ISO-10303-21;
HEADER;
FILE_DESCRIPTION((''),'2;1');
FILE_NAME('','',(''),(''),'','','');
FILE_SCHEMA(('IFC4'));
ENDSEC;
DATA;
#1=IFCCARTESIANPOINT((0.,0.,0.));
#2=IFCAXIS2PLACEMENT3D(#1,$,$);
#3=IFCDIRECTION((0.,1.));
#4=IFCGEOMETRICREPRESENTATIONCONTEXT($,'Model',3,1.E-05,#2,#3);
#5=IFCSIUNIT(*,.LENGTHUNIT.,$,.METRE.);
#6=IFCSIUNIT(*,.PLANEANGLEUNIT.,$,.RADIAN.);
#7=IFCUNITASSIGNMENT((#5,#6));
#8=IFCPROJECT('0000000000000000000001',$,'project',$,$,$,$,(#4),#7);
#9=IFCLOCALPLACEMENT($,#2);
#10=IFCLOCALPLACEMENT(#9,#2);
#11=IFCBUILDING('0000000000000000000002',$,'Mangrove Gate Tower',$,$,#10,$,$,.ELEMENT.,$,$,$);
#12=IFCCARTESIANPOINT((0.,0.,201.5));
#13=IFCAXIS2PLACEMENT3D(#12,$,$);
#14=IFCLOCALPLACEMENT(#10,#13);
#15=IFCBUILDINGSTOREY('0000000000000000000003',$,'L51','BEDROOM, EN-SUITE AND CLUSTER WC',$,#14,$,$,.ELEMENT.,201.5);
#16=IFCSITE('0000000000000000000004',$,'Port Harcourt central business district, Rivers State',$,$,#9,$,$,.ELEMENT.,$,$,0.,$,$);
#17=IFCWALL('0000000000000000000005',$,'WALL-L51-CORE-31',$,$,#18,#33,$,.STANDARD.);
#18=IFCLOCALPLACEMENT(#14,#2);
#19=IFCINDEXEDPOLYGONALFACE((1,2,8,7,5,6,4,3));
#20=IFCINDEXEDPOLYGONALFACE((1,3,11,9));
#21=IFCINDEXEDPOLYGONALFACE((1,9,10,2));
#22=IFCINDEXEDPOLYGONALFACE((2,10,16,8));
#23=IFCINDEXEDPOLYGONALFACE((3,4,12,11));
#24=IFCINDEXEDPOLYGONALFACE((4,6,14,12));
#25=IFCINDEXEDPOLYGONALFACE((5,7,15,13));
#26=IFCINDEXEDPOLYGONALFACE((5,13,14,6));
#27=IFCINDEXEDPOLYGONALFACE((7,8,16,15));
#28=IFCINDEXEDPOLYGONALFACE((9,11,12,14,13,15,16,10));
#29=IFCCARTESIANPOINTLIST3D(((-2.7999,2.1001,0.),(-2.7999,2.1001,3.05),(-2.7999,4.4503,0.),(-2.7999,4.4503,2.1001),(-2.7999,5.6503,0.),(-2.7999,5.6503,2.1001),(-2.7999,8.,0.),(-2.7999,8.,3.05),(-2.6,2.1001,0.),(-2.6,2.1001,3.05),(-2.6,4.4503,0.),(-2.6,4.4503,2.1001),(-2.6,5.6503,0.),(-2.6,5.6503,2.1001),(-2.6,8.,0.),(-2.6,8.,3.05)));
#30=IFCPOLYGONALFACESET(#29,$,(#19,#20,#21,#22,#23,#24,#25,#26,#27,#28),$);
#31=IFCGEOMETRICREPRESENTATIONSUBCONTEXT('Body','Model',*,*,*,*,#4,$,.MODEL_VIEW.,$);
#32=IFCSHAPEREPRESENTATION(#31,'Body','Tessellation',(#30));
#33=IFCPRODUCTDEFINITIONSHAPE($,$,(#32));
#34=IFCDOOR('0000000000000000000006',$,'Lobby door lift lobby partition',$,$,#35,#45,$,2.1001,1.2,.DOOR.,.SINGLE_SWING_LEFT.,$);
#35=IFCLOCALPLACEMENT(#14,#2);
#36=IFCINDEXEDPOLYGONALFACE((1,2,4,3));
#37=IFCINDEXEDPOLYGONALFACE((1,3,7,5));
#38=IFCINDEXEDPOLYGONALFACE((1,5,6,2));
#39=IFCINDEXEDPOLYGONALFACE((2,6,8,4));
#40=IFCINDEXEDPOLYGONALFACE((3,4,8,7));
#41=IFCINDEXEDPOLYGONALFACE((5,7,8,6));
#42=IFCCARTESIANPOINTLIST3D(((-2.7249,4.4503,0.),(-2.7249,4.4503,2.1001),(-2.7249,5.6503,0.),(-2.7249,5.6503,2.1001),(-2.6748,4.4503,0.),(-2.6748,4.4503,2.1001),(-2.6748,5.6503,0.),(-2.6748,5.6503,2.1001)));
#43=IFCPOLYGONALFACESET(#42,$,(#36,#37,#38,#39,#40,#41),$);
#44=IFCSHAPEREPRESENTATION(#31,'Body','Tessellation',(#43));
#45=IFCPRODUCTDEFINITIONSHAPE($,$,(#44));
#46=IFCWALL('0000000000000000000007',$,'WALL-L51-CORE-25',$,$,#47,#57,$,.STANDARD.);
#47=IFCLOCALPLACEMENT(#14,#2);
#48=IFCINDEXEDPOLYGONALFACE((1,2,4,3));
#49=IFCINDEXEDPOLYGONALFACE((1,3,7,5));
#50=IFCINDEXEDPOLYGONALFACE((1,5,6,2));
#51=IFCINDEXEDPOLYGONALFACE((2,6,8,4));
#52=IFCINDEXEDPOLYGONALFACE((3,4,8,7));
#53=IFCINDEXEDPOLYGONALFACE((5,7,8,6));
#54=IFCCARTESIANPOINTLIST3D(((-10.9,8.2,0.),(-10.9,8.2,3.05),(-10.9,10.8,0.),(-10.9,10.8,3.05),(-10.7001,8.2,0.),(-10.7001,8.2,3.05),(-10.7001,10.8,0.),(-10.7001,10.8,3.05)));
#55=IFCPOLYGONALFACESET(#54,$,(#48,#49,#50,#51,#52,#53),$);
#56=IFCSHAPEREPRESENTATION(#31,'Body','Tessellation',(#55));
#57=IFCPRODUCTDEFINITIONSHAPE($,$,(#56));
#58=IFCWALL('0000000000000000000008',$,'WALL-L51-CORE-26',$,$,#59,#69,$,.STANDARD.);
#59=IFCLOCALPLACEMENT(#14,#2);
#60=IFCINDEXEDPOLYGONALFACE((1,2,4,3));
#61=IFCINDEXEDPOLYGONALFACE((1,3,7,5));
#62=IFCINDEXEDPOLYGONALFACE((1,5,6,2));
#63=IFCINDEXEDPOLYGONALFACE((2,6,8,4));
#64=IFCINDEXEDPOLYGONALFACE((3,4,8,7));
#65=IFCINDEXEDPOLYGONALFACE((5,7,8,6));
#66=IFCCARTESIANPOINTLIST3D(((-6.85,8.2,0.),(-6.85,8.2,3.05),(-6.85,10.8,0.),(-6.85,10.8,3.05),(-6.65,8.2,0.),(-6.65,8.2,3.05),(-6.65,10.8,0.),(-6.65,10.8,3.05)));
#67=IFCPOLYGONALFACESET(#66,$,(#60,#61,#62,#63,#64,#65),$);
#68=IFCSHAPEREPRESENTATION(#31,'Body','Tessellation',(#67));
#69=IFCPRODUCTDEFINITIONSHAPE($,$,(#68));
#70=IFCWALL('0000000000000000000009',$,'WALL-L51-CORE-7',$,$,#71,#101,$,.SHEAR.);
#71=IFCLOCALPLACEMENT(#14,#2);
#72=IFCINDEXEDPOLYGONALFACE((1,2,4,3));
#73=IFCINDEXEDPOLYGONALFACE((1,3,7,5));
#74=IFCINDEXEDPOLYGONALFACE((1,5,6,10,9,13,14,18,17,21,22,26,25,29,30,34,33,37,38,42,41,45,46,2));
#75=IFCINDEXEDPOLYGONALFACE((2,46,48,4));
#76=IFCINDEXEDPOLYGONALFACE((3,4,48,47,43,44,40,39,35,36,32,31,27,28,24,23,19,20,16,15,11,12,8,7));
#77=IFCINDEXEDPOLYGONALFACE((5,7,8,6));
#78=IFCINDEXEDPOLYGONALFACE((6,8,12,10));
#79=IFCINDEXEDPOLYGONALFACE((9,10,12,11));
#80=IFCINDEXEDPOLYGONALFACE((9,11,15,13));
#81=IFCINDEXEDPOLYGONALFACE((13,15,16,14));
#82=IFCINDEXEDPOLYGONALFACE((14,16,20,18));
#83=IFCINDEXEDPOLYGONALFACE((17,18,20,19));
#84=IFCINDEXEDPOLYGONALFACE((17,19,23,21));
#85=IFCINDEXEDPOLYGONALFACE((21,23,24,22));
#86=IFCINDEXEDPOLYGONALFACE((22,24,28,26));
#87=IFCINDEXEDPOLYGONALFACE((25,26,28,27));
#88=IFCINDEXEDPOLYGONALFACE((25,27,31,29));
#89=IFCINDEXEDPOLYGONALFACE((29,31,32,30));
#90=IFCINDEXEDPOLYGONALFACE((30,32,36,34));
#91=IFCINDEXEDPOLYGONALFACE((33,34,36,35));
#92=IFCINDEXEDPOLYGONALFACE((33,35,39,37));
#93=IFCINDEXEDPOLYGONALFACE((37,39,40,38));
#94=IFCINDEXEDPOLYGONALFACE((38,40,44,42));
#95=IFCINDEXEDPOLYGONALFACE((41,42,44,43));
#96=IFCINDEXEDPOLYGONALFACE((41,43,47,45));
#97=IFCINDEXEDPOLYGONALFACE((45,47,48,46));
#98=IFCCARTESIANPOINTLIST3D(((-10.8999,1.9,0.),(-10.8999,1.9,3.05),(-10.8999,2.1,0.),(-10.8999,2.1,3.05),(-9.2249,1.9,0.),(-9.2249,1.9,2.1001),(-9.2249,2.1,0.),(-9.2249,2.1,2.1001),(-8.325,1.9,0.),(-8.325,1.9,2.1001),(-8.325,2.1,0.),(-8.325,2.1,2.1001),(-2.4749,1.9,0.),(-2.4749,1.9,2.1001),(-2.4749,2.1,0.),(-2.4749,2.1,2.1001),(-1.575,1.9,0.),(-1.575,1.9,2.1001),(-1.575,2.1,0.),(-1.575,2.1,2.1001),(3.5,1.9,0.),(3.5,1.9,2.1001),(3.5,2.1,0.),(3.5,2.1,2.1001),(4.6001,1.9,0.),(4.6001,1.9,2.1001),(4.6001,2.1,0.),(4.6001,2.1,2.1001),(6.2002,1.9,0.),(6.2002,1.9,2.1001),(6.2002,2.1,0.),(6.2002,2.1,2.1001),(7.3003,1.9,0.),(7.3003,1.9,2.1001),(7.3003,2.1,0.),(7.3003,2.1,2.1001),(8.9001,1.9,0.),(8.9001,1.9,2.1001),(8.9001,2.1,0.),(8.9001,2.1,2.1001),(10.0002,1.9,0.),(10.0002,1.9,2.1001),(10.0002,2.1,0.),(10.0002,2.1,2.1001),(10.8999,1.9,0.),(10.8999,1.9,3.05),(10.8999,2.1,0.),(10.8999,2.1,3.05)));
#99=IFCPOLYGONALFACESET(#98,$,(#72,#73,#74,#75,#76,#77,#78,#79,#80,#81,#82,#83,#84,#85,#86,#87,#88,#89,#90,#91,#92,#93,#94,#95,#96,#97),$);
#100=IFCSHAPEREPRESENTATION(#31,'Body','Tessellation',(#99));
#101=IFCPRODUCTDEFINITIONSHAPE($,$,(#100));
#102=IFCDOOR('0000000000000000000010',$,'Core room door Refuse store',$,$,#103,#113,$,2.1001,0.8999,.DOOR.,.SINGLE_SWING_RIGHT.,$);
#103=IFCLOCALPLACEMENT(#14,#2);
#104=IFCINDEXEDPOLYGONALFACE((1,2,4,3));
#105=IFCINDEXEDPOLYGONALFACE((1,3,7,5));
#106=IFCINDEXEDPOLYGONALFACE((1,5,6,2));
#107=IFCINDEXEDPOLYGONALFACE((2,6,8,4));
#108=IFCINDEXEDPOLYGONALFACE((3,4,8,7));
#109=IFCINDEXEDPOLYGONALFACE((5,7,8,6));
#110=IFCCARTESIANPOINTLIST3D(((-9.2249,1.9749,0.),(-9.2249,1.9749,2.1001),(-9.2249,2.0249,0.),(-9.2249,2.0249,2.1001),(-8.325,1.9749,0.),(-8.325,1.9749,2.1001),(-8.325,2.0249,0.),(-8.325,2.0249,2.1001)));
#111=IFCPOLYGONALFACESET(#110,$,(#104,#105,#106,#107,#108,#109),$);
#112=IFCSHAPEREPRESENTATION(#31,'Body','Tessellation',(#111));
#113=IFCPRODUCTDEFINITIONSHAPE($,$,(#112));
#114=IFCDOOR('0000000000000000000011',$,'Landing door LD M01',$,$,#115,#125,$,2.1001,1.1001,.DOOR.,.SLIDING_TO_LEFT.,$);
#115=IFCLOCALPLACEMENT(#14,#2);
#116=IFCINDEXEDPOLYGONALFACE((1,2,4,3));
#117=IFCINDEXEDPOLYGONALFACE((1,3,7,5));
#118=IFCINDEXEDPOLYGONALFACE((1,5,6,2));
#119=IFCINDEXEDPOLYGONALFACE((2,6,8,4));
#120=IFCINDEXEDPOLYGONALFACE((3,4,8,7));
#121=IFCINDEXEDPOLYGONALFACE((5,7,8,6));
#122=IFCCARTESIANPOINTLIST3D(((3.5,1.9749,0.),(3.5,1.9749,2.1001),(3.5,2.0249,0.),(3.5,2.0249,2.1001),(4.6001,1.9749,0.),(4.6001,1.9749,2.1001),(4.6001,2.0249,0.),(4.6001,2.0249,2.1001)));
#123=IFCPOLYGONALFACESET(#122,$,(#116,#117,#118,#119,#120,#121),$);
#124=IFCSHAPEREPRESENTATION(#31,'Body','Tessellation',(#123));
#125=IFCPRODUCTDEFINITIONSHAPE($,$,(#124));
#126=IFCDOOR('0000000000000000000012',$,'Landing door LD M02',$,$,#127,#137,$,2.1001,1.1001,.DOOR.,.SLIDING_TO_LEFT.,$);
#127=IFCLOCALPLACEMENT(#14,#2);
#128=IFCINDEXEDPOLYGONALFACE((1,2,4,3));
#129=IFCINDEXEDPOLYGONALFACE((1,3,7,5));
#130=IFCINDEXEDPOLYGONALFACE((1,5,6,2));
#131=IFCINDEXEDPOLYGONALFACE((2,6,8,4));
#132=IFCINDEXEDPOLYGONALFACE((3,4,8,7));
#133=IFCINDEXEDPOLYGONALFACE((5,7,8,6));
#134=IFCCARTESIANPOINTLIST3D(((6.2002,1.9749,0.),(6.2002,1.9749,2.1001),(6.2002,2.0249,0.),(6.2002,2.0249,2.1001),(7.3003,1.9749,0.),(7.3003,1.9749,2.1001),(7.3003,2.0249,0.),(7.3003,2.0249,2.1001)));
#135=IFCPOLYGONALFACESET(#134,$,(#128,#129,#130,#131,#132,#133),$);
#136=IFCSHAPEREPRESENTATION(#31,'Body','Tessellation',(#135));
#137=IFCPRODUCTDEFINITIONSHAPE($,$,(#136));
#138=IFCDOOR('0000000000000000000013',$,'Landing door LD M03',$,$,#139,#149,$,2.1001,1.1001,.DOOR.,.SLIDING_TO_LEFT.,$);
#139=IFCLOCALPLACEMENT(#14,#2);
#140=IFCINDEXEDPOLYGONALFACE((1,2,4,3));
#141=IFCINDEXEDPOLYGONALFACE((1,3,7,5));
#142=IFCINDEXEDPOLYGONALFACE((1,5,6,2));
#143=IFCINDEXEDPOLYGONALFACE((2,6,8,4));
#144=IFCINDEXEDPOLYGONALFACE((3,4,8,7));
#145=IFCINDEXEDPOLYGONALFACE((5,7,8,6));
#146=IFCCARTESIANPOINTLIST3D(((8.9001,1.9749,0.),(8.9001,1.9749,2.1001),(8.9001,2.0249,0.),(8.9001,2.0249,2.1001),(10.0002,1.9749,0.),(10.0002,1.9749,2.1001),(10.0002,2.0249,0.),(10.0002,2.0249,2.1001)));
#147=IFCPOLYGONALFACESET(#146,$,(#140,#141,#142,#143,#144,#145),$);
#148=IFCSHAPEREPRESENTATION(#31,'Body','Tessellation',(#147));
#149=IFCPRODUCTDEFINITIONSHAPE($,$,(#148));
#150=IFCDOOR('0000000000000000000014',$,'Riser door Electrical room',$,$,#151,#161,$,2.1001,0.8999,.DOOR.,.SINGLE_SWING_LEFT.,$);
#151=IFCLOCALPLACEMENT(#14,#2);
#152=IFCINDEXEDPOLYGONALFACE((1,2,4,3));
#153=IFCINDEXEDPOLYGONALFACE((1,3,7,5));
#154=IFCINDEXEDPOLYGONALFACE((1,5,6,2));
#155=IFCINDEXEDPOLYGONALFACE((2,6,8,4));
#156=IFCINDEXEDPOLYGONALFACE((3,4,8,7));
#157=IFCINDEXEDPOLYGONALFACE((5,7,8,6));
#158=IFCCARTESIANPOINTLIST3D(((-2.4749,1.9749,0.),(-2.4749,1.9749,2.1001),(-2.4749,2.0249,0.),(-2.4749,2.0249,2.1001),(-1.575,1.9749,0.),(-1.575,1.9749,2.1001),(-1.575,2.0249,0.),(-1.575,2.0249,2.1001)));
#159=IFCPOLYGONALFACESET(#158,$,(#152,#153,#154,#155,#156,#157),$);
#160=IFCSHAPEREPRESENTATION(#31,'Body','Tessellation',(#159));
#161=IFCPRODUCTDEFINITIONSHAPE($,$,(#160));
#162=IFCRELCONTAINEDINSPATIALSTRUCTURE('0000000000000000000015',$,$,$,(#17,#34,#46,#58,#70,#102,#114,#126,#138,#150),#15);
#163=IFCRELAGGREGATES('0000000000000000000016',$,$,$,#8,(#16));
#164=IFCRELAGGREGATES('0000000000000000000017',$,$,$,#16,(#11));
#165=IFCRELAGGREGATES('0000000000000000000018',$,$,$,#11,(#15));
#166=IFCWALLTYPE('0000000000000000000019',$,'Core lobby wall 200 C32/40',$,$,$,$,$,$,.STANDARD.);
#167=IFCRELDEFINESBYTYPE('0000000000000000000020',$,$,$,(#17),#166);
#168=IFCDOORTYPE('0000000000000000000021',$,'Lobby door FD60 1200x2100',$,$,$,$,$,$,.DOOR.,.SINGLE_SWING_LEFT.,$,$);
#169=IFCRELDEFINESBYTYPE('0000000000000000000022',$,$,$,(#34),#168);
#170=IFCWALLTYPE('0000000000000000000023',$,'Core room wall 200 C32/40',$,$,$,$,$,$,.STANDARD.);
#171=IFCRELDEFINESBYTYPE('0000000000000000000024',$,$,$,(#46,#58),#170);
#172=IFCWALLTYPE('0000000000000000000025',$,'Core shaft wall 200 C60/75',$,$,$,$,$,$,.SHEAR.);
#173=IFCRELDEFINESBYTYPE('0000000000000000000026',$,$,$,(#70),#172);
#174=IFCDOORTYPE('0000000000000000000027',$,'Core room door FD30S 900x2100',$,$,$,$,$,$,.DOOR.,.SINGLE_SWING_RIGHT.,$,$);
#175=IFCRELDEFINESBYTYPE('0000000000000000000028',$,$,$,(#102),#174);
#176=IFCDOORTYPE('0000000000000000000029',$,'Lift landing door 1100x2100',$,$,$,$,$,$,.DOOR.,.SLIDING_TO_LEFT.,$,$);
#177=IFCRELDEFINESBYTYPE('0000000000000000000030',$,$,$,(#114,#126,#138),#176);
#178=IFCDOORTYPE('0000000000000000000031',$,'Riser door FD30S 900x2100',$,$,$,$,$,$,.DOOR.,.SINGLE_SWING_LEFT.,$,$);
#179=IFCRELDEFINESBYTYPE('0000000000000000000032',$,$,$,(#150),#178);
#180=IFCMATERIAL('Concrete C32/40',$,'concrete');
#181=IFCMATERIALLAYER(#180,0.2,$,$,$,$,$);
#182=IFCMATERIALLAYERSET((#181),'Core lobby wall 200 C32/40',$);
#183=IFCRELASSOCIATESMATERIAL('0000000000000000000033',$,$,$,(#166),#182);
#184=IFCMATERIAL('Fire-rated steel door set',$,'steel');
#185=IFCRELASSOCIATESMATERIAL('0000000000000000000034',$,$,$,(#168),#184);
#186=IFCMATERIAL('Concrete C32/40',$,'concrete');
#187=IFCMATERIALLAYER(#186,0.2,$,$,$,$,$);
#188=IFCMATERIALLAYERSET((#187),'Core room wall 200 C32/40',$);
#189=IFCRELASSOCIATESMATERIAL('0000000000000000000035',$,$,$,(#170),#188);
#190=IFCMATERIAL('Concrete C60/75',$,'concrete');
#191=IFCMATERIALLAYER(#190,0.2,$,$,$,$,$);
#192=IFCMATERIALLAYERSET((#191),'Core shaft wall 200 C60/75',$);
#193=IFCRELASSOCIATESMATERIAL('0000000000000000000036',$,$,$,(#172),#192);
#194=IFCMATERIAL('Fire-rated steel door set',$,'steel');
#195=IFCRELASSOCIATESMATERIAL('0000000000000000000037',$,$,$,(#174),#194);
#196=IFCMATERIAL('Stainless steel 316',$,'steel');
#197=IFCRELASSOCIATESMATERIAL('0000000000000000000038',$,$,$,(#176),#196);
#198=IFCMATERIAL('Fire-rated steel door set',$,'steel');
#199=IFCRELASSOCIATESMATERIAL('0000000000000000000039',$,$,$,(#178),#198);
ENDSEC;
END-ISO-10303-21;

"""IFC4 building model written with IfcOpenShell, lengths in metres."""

from ifc_helpers import new_model, si_unit, direction, frame, frame_2d, origin, place, context, subcontext, project, spatial, rectangle, extrude, material, layer, layer_set, type_object, element, fill, save


model = new_model("IFC4")

# Units and contexts
model_context = context("Model", 3, precision=1e-05, world=origin(), true_north=direction((0.0, 1.0)))
body_context = subcontext(model_context, "Body", "Model", "MODEL_VIEW")
ifc_project = project(units=[si_unit("LENGTHUNIT", "METRE"), si_unit("PLANEANGLEUNIT", "RADIAN")], contexts=[model_context])

# Site, building, storey
site_placement = place(None, origin())
site = spatial("IfcSite", under=ifc_project, at=site_placement, Name="Port Harcourt central business district, Rivers State", CompositionType="ELEMENT", RefElevation=0.0)
building_placement = place(site_placement, origin())
building = spatial("IfcBuilding", under=site, at=building_placement, Name="Mangrove Gate Tower", CompositionType="ELEMENT")
storey_placement = place(building_placement, frame((0.0, 0.0, 201.5)))
storey = spatial("IfcBuildingStorey", under=building, at=storey_placement, Name="L51", Description="BEDROOM, EN-SUITE AND CLUSTER WC", CompositionType="ELEMENT", Elevation=201.5)

# Wall, opening, door
ifc_material_1 = material(Name="Concrete C32/40", Category="concrete")
ifc_layer_1 = layer(ifc_material_1, 0.2)
ifc_layer_set_1 = layer_set([ifc_layer_1], Name="Core lobby wall 200 C32/40")
wall_type_1 = type_object("IfcWallType", Name="Core lobby wall 200 C32/40", PredefinedType="STANDARD", material=ifc_layer_set_1)
wall_1_placement = place(storey_placement, frame((-2.7, 2.1001, 0.0), z_axis=(0.0, 0.0, 1.0), x_axis=(0.0, 1.0, 0.0)))
wall_1 = element("IfcWall", 1, at=wall_1_placement, inside=storey, type_object=wall_type_1, Name="WALL-L51-CORE-31", PredefinedType="STANDARD", context=body_context, shape_type="SweptSolid", body=[
    extrude(rectangle(XDim=5.8999, YDim=0.2, at=frame_2d((2.95, 0.0))), origin(), (0.0, 0.0, 1.0), 3.05),
])
opening_1_placement = place(wall_1_placement, frame((2.3501, 0.0, 0.0)))
opening_1 = element("IfcOpeningElement", 2, at=opening_1_placement, cuts=wall_1, PredefinedType="OPENING", context=body_context, shape_type="SweptSolid", body=[
    extrude(rectangle(XDim=1.2, YDim=2.1001, at=frame_2d((0.6001, 1.05))), frame((0.0, 0.1099, 0.0), z_axis=(0.0, -1.0, 0.0), x_axis=(1.0, 0.0, 0.0)), (0.0, 0.0, 1.0), 0.22),
])
ifc_material_2 = material(Name="Fire-rated steel door set", Category="steel")
door_type_1 = type_object("IfcDoorType", Name="Lobby door FD60 1200x2100", OperationType="SINGLE_SWING_LEFT", PredefinedType="DOOR", material=ifc_material_2)
door_1_placement = place(opening_1_placement, origin())
door_1 = element("IfcDoor", 3, at=door_1_placement, inside=storey, type_object=door_type_1, Name="Lobby door lift lobby partition", OperationType="SINGLE_SWING_LEFT", OverallHeight=2.1001, OverallWidth=1.2, PredefinedType="DOOR", context=body_context, shape_type="SweptSolid", body=[
    extrude(rectangle(XDim=1.2, YDim=2.1001, at=frame_2d((0.6001, 1.05))), frame((0.0, 0.0249, 0.0), z_axis=(0.0, -1.0, 0.0), x_axis=(1.0, 0.0, 0.0)), (0.0, 0.0, 1.0), 0.05),
])
fill(opening_1, door_1)

# Walls
ifc_material_3 = material(Name="Concrete C32/40", Category="concrete")
ifc_layer_2 = layer(ifc_material_3, 0.2)
ifc_layer_set_2 = layer_set([ifc_layer_2], Name="Core room wall 200 C32/40")
wall_type_2 = type_object("IfcWallType", Name="Core room wall 200 C32/40", PredefinedType="STANDARD", material=ifc_layer_set_2)
for number, where, z_axis, x_axis, name in (
    (4, (-10.8, 8.2, 0.0), (0.0, 0.0, 1.0), (0.0, 1.0, 0.0), "WALL-L51-CORE-25"),
    (5, (-6.75, 8.2, 0.0), (0.0, 0.0, 1.0), (0.0, 1.0, 0.0), "WALL-L51-CORE-26"),
):
    element("IfcWall", number, at=place(storey_placement, frame(where, z_axis=z_axis, x_axis=x_axis)), inside=storey, type_object=wall_type_2, Name=name, PredefinedType="STANDARD", context=body_context, shape_type="SweptSolid", body=[
        extrude(rectangle(XDim=2.6001, YDim=0.2, at=frame_2d((1.3, 0.0))), origin(), (0.0, 0.0, 1.0), 3.05),
    ])

# Wall, openings, doors
ifc_material_4 = material(Name="Concrete C60/75", Category="concrete")
ifc_layer_3 = layer(ifc_material_4, 0.2)
ifc_layer_set_3 = layer_set([ifc_layer_3], Name="Core shaft wall 200 C60/75")
wall_type_3 = type_object("IfcWallType", Name="Core shaft wall 200 C60/75", PredefinedType="SHEAR", material=ifc_layer_set_3)
wall_2_placement = place(storey_placement, frame((-10.8999, 2.0, 0.0), z_axis=(0.0, 0.0, 1.0), x_axis=(1.0, 0.0, 0.0)))
wall_2 = element("IfcWall", 6, at=wall_2_placement, inside=storey, type_object=wall_type_3, Name="WALL-L51-CORE-7", PredefinedType="SHEAR", context=body_context, shape_type="SweptSolid", body=[
    extrude(rectangle(XDim=21.7998, YDim=0.2, at=frame_2d((10.8999, 0.0))), origin(), (0.0, 0.0, 1.0), 3.05),
])
opening_2_placement = place(wall_2_placement, frame((14.3999, 0.0, 0.0)))
opening_2 = element("IfcOpeningElement", 7, at=opening_2_placement, cuts=wall_2, PredefinedType="OPENING", context=body_context, shape_type="SweptSolid", body=[
    extrude(rectangle(XDim=1.1001, YDim=2.1001, at=frame_2d((0.55, 1.05))), frame((0.0, 0.1099, 0.0), z_axis=(0.0, -1.0, 0.0), x_axis=(1.0, 0.0, 0.0)), (0.0, 0.0, 1.0), 0.22),
])
opening_3_placement = place(wall_2_placement, frame((17.1001, 0.0, 0.0)))
opening_3 = element("IfcOpeningElement", 8, at=opening_3_placement, cuts=wall_2, PredefinedType="OPENING", context=body_context, shape_type="SweptSolid", body=[
    extrude(rectangle(XDim=1.1001, YDim=2.1001, at=frame_2d((0.55, 1.05))), frame((0.0, 0.1099, 0.0), z_axis=(0.0, -1.0, 0.0), x_axis=(1.0, 0.0, 0.0)), (0.0, 0.0, 1.0), 0.22),
])
opening_4_placement = place(wall_2_placement, frame((19.8, 0.0, 0.0)))
opening_4 = element("IfcOpeningElement", 9, at=opening_4_placement, cuts=wall_2, PredefinedType="OPENING", context=body_context, shape_type="SweptSolid", body=[
    extrude(rectangle(XDim=1.1001, YDim=2.1001, at=frame_2d((0.55, 1.05))), frame((0.0, 0.1099, 0.0), z_axis=(0.0, -1.0, 0.0), x_axis=(1.0, 0.0, 0.0)), (0.0, 0.0, 1.0), 0.22),
])
opening_5_placement = place(wall_2_placement, frame((1.675, 0.0, 0.0)))
opening_5 = element("IfcOpeningElement", 10, at=opening_5_placement, cuts=wall_2, PredefinedType="OPENING", context=body_context, shape_type="SweptSolid", body=[
    extrude(rectangle(XDim=0.8999, YDim=2.1001, at=frame_2d((0.45, 1.05))), frame((0.0, 0.1099, 0.0), z_axis=(0.0, -1.0, 0.0), x_axis=(1.0, 0.0, 0.0)), (0.0, 0.0, 1.0), 0.22),
])
opening_6_placement = place(wall_2_placement, frame((8.425, 0.0, 0.0)))
opening_6 = element("IfcOpeningElement", 11, at=opening_6_placement, cuts=wall_2, PredefinedType="OPENING", context=body_context, shape_type="SweptSolid", body=[
    extrude(rectangle(XDim=0.8999, YDim=2.1001, at=frame_2d((0.45, 1.05))), frame((0.0, 0.1099, 0.0), z_axis=(0.0, -1.0, 0.0), x_axis=(1.0, 0.0, 0.0)), (0.0, 0.0, 1.0), 0.22),
])
ifc_material_5 = material(Name="Fire-rated steel door set", Category="steel")
door_type_2 = type_object("IfcDoorType", Name="Core room door FD30S 900x2100", OperationType="SINGLE_SWING_RIGHT", PredefinedType="DOOR", material=ifc_material_5)
door_2_placement = place(opening_5_placement, origin())
door_2 = element("IfcDoor", 12, at=door_2_placement, inside=storey, type_object=door_type_2, Name="Core room door Refuse store", OperationType="SINGLE_SWING_RIGHT", OverallHeight=2.1001, OverallWidth=0.8999, PredefinedType="DOOR", context=body_context, shape_type="SweptSolid", body=[
    extrude(rectangle(XDim=0.8999, YDim=2.1001, at=frame_2d((0.45, 1.05))), frame((0.0, 0.0249, 0.0), z_axis=(0.0, -1.0, 0.0), x_axis=(1.0, 0.0, 0.0)), (0.0, 0.0, 1.0), 0.05),
])
fill(opening_5, door_2)
ifc_material_6 = material(Name="Stainless steel 316", Category="steel")
door_type_3 = type_object("IfcDoorType", Name="Lift landing door 1100x2100", OperationType="SLIDING_TO_LEFT", PredefinedType="DOOR", material=ifc_material_6)
door_3_placement = place(opening_2_placement, origin())
door_3 = element("IfcDoor", 13, at=door_3_placement, inside=storey, type_object=door_type_3, Name="Landing door LD M01", OperationType="SLIDING_TO_LEFT", OverallHeight=2.1001, OverallWidth=1.1001, PredefinedType="DOOR", context=body_context, shape_type="SweptSolid", body=[
    extrude(rectangle(XDim=1.1001, YDim=2.1001, at=frame_2d((0.55, 1.05))), frame((0.0, 0.0249, 0.0), z_axis=(0.0, -1.0, 0.0), x_axis=(1.0, 0.0, 0.0)), (0.0, 0.0, 1.0), 0.05),
])
fill(opening_2, door_3)
door_4_placement = place(opening_3_placement, origin())
door_4 = element("IfcDoor", 14, at=door_4_placement, inside=storey, type_object=door_type_3, Name="Landing door LD M02", OperationType="SLIDING_TO_LEFT", OverallHeight=2.1001, OverallWidth=1.1001, PredefinedType="DOOR", context=body_context, shape_type="SweptSolid", body=[
    extrude(rectangle(XDim=1.1001, YDim=2.1001, at=frame_2d((0.55, 1.05))), frame((0.0, 0.0249, 0.0), z_axis=(0.0, -1.0, 0.0), x_axis=(1.0, 0.0, 0.0)), (0.0, 0.0, 1.0), 0.05),
])
fill(opening_3, door_4)
door_5_placement = place(opening_4_placement, origin())
door_5 = element("IfcDoor", 15, at=door_5_placement, inside=storey, type_object=door_type_3, Name="Landing door LD M03", OperationType="SLIDING_TO_LEFT", OverallHeight=2.1001, OverallWidth=1.1001, PredefinedType="DOOR", context=body_context, shape_type="SweptSolid", body=[
    extrude(rectangle(XDim=1.1001, YDim=2.1001, at=frame_2d((0.55, 1.05))), frame((0.0, 0.0249, 0.0), z_axis=(0.0, -1.0, 0.0), x_axis=(1.0, 0.0, 0.0)), (0.0, 0.0, 1.0), 0.05),
])
fill(opening_4, door_5)
ifc_material_7 = material(Name="Fire-rated steel door set", Category="steel")
door_type_4 = type_object("IfcDoorType", Name="Riser door FD30S 900x2100", OperationType="SINGLE_SWING_LEFT", PredefinedType="DOOR", material=ifc_material_7)
door_6_placement = place(opening_6_placement, origin())
door_6 = element("IfcDoor", 16, at=door_6_placement, inside=storey, type_object=door_type_4, Name="Riser door Electrical room", OperationType="SINGLE_SWING_LEFT", OverallHeight=2.1001, OverallWidth=0.8999, PredefinedType="DOOR", context=body_context, shape_type="SweptSolid", body=[
    extrude(rectangle(XDim=0.8999, YDim=2.1001, at=frame_2d((0.45, 1.05))), frame((0.0, 0.0249, 0.0), z_axis=(0.0, -1.0, 0.0), x_axis=(1.0, 0.0, 0.0)), (0.0, 0.0, 1.0), 0.05),
])
fill(opening_6, door_6)

save(model, "model.ifc")
